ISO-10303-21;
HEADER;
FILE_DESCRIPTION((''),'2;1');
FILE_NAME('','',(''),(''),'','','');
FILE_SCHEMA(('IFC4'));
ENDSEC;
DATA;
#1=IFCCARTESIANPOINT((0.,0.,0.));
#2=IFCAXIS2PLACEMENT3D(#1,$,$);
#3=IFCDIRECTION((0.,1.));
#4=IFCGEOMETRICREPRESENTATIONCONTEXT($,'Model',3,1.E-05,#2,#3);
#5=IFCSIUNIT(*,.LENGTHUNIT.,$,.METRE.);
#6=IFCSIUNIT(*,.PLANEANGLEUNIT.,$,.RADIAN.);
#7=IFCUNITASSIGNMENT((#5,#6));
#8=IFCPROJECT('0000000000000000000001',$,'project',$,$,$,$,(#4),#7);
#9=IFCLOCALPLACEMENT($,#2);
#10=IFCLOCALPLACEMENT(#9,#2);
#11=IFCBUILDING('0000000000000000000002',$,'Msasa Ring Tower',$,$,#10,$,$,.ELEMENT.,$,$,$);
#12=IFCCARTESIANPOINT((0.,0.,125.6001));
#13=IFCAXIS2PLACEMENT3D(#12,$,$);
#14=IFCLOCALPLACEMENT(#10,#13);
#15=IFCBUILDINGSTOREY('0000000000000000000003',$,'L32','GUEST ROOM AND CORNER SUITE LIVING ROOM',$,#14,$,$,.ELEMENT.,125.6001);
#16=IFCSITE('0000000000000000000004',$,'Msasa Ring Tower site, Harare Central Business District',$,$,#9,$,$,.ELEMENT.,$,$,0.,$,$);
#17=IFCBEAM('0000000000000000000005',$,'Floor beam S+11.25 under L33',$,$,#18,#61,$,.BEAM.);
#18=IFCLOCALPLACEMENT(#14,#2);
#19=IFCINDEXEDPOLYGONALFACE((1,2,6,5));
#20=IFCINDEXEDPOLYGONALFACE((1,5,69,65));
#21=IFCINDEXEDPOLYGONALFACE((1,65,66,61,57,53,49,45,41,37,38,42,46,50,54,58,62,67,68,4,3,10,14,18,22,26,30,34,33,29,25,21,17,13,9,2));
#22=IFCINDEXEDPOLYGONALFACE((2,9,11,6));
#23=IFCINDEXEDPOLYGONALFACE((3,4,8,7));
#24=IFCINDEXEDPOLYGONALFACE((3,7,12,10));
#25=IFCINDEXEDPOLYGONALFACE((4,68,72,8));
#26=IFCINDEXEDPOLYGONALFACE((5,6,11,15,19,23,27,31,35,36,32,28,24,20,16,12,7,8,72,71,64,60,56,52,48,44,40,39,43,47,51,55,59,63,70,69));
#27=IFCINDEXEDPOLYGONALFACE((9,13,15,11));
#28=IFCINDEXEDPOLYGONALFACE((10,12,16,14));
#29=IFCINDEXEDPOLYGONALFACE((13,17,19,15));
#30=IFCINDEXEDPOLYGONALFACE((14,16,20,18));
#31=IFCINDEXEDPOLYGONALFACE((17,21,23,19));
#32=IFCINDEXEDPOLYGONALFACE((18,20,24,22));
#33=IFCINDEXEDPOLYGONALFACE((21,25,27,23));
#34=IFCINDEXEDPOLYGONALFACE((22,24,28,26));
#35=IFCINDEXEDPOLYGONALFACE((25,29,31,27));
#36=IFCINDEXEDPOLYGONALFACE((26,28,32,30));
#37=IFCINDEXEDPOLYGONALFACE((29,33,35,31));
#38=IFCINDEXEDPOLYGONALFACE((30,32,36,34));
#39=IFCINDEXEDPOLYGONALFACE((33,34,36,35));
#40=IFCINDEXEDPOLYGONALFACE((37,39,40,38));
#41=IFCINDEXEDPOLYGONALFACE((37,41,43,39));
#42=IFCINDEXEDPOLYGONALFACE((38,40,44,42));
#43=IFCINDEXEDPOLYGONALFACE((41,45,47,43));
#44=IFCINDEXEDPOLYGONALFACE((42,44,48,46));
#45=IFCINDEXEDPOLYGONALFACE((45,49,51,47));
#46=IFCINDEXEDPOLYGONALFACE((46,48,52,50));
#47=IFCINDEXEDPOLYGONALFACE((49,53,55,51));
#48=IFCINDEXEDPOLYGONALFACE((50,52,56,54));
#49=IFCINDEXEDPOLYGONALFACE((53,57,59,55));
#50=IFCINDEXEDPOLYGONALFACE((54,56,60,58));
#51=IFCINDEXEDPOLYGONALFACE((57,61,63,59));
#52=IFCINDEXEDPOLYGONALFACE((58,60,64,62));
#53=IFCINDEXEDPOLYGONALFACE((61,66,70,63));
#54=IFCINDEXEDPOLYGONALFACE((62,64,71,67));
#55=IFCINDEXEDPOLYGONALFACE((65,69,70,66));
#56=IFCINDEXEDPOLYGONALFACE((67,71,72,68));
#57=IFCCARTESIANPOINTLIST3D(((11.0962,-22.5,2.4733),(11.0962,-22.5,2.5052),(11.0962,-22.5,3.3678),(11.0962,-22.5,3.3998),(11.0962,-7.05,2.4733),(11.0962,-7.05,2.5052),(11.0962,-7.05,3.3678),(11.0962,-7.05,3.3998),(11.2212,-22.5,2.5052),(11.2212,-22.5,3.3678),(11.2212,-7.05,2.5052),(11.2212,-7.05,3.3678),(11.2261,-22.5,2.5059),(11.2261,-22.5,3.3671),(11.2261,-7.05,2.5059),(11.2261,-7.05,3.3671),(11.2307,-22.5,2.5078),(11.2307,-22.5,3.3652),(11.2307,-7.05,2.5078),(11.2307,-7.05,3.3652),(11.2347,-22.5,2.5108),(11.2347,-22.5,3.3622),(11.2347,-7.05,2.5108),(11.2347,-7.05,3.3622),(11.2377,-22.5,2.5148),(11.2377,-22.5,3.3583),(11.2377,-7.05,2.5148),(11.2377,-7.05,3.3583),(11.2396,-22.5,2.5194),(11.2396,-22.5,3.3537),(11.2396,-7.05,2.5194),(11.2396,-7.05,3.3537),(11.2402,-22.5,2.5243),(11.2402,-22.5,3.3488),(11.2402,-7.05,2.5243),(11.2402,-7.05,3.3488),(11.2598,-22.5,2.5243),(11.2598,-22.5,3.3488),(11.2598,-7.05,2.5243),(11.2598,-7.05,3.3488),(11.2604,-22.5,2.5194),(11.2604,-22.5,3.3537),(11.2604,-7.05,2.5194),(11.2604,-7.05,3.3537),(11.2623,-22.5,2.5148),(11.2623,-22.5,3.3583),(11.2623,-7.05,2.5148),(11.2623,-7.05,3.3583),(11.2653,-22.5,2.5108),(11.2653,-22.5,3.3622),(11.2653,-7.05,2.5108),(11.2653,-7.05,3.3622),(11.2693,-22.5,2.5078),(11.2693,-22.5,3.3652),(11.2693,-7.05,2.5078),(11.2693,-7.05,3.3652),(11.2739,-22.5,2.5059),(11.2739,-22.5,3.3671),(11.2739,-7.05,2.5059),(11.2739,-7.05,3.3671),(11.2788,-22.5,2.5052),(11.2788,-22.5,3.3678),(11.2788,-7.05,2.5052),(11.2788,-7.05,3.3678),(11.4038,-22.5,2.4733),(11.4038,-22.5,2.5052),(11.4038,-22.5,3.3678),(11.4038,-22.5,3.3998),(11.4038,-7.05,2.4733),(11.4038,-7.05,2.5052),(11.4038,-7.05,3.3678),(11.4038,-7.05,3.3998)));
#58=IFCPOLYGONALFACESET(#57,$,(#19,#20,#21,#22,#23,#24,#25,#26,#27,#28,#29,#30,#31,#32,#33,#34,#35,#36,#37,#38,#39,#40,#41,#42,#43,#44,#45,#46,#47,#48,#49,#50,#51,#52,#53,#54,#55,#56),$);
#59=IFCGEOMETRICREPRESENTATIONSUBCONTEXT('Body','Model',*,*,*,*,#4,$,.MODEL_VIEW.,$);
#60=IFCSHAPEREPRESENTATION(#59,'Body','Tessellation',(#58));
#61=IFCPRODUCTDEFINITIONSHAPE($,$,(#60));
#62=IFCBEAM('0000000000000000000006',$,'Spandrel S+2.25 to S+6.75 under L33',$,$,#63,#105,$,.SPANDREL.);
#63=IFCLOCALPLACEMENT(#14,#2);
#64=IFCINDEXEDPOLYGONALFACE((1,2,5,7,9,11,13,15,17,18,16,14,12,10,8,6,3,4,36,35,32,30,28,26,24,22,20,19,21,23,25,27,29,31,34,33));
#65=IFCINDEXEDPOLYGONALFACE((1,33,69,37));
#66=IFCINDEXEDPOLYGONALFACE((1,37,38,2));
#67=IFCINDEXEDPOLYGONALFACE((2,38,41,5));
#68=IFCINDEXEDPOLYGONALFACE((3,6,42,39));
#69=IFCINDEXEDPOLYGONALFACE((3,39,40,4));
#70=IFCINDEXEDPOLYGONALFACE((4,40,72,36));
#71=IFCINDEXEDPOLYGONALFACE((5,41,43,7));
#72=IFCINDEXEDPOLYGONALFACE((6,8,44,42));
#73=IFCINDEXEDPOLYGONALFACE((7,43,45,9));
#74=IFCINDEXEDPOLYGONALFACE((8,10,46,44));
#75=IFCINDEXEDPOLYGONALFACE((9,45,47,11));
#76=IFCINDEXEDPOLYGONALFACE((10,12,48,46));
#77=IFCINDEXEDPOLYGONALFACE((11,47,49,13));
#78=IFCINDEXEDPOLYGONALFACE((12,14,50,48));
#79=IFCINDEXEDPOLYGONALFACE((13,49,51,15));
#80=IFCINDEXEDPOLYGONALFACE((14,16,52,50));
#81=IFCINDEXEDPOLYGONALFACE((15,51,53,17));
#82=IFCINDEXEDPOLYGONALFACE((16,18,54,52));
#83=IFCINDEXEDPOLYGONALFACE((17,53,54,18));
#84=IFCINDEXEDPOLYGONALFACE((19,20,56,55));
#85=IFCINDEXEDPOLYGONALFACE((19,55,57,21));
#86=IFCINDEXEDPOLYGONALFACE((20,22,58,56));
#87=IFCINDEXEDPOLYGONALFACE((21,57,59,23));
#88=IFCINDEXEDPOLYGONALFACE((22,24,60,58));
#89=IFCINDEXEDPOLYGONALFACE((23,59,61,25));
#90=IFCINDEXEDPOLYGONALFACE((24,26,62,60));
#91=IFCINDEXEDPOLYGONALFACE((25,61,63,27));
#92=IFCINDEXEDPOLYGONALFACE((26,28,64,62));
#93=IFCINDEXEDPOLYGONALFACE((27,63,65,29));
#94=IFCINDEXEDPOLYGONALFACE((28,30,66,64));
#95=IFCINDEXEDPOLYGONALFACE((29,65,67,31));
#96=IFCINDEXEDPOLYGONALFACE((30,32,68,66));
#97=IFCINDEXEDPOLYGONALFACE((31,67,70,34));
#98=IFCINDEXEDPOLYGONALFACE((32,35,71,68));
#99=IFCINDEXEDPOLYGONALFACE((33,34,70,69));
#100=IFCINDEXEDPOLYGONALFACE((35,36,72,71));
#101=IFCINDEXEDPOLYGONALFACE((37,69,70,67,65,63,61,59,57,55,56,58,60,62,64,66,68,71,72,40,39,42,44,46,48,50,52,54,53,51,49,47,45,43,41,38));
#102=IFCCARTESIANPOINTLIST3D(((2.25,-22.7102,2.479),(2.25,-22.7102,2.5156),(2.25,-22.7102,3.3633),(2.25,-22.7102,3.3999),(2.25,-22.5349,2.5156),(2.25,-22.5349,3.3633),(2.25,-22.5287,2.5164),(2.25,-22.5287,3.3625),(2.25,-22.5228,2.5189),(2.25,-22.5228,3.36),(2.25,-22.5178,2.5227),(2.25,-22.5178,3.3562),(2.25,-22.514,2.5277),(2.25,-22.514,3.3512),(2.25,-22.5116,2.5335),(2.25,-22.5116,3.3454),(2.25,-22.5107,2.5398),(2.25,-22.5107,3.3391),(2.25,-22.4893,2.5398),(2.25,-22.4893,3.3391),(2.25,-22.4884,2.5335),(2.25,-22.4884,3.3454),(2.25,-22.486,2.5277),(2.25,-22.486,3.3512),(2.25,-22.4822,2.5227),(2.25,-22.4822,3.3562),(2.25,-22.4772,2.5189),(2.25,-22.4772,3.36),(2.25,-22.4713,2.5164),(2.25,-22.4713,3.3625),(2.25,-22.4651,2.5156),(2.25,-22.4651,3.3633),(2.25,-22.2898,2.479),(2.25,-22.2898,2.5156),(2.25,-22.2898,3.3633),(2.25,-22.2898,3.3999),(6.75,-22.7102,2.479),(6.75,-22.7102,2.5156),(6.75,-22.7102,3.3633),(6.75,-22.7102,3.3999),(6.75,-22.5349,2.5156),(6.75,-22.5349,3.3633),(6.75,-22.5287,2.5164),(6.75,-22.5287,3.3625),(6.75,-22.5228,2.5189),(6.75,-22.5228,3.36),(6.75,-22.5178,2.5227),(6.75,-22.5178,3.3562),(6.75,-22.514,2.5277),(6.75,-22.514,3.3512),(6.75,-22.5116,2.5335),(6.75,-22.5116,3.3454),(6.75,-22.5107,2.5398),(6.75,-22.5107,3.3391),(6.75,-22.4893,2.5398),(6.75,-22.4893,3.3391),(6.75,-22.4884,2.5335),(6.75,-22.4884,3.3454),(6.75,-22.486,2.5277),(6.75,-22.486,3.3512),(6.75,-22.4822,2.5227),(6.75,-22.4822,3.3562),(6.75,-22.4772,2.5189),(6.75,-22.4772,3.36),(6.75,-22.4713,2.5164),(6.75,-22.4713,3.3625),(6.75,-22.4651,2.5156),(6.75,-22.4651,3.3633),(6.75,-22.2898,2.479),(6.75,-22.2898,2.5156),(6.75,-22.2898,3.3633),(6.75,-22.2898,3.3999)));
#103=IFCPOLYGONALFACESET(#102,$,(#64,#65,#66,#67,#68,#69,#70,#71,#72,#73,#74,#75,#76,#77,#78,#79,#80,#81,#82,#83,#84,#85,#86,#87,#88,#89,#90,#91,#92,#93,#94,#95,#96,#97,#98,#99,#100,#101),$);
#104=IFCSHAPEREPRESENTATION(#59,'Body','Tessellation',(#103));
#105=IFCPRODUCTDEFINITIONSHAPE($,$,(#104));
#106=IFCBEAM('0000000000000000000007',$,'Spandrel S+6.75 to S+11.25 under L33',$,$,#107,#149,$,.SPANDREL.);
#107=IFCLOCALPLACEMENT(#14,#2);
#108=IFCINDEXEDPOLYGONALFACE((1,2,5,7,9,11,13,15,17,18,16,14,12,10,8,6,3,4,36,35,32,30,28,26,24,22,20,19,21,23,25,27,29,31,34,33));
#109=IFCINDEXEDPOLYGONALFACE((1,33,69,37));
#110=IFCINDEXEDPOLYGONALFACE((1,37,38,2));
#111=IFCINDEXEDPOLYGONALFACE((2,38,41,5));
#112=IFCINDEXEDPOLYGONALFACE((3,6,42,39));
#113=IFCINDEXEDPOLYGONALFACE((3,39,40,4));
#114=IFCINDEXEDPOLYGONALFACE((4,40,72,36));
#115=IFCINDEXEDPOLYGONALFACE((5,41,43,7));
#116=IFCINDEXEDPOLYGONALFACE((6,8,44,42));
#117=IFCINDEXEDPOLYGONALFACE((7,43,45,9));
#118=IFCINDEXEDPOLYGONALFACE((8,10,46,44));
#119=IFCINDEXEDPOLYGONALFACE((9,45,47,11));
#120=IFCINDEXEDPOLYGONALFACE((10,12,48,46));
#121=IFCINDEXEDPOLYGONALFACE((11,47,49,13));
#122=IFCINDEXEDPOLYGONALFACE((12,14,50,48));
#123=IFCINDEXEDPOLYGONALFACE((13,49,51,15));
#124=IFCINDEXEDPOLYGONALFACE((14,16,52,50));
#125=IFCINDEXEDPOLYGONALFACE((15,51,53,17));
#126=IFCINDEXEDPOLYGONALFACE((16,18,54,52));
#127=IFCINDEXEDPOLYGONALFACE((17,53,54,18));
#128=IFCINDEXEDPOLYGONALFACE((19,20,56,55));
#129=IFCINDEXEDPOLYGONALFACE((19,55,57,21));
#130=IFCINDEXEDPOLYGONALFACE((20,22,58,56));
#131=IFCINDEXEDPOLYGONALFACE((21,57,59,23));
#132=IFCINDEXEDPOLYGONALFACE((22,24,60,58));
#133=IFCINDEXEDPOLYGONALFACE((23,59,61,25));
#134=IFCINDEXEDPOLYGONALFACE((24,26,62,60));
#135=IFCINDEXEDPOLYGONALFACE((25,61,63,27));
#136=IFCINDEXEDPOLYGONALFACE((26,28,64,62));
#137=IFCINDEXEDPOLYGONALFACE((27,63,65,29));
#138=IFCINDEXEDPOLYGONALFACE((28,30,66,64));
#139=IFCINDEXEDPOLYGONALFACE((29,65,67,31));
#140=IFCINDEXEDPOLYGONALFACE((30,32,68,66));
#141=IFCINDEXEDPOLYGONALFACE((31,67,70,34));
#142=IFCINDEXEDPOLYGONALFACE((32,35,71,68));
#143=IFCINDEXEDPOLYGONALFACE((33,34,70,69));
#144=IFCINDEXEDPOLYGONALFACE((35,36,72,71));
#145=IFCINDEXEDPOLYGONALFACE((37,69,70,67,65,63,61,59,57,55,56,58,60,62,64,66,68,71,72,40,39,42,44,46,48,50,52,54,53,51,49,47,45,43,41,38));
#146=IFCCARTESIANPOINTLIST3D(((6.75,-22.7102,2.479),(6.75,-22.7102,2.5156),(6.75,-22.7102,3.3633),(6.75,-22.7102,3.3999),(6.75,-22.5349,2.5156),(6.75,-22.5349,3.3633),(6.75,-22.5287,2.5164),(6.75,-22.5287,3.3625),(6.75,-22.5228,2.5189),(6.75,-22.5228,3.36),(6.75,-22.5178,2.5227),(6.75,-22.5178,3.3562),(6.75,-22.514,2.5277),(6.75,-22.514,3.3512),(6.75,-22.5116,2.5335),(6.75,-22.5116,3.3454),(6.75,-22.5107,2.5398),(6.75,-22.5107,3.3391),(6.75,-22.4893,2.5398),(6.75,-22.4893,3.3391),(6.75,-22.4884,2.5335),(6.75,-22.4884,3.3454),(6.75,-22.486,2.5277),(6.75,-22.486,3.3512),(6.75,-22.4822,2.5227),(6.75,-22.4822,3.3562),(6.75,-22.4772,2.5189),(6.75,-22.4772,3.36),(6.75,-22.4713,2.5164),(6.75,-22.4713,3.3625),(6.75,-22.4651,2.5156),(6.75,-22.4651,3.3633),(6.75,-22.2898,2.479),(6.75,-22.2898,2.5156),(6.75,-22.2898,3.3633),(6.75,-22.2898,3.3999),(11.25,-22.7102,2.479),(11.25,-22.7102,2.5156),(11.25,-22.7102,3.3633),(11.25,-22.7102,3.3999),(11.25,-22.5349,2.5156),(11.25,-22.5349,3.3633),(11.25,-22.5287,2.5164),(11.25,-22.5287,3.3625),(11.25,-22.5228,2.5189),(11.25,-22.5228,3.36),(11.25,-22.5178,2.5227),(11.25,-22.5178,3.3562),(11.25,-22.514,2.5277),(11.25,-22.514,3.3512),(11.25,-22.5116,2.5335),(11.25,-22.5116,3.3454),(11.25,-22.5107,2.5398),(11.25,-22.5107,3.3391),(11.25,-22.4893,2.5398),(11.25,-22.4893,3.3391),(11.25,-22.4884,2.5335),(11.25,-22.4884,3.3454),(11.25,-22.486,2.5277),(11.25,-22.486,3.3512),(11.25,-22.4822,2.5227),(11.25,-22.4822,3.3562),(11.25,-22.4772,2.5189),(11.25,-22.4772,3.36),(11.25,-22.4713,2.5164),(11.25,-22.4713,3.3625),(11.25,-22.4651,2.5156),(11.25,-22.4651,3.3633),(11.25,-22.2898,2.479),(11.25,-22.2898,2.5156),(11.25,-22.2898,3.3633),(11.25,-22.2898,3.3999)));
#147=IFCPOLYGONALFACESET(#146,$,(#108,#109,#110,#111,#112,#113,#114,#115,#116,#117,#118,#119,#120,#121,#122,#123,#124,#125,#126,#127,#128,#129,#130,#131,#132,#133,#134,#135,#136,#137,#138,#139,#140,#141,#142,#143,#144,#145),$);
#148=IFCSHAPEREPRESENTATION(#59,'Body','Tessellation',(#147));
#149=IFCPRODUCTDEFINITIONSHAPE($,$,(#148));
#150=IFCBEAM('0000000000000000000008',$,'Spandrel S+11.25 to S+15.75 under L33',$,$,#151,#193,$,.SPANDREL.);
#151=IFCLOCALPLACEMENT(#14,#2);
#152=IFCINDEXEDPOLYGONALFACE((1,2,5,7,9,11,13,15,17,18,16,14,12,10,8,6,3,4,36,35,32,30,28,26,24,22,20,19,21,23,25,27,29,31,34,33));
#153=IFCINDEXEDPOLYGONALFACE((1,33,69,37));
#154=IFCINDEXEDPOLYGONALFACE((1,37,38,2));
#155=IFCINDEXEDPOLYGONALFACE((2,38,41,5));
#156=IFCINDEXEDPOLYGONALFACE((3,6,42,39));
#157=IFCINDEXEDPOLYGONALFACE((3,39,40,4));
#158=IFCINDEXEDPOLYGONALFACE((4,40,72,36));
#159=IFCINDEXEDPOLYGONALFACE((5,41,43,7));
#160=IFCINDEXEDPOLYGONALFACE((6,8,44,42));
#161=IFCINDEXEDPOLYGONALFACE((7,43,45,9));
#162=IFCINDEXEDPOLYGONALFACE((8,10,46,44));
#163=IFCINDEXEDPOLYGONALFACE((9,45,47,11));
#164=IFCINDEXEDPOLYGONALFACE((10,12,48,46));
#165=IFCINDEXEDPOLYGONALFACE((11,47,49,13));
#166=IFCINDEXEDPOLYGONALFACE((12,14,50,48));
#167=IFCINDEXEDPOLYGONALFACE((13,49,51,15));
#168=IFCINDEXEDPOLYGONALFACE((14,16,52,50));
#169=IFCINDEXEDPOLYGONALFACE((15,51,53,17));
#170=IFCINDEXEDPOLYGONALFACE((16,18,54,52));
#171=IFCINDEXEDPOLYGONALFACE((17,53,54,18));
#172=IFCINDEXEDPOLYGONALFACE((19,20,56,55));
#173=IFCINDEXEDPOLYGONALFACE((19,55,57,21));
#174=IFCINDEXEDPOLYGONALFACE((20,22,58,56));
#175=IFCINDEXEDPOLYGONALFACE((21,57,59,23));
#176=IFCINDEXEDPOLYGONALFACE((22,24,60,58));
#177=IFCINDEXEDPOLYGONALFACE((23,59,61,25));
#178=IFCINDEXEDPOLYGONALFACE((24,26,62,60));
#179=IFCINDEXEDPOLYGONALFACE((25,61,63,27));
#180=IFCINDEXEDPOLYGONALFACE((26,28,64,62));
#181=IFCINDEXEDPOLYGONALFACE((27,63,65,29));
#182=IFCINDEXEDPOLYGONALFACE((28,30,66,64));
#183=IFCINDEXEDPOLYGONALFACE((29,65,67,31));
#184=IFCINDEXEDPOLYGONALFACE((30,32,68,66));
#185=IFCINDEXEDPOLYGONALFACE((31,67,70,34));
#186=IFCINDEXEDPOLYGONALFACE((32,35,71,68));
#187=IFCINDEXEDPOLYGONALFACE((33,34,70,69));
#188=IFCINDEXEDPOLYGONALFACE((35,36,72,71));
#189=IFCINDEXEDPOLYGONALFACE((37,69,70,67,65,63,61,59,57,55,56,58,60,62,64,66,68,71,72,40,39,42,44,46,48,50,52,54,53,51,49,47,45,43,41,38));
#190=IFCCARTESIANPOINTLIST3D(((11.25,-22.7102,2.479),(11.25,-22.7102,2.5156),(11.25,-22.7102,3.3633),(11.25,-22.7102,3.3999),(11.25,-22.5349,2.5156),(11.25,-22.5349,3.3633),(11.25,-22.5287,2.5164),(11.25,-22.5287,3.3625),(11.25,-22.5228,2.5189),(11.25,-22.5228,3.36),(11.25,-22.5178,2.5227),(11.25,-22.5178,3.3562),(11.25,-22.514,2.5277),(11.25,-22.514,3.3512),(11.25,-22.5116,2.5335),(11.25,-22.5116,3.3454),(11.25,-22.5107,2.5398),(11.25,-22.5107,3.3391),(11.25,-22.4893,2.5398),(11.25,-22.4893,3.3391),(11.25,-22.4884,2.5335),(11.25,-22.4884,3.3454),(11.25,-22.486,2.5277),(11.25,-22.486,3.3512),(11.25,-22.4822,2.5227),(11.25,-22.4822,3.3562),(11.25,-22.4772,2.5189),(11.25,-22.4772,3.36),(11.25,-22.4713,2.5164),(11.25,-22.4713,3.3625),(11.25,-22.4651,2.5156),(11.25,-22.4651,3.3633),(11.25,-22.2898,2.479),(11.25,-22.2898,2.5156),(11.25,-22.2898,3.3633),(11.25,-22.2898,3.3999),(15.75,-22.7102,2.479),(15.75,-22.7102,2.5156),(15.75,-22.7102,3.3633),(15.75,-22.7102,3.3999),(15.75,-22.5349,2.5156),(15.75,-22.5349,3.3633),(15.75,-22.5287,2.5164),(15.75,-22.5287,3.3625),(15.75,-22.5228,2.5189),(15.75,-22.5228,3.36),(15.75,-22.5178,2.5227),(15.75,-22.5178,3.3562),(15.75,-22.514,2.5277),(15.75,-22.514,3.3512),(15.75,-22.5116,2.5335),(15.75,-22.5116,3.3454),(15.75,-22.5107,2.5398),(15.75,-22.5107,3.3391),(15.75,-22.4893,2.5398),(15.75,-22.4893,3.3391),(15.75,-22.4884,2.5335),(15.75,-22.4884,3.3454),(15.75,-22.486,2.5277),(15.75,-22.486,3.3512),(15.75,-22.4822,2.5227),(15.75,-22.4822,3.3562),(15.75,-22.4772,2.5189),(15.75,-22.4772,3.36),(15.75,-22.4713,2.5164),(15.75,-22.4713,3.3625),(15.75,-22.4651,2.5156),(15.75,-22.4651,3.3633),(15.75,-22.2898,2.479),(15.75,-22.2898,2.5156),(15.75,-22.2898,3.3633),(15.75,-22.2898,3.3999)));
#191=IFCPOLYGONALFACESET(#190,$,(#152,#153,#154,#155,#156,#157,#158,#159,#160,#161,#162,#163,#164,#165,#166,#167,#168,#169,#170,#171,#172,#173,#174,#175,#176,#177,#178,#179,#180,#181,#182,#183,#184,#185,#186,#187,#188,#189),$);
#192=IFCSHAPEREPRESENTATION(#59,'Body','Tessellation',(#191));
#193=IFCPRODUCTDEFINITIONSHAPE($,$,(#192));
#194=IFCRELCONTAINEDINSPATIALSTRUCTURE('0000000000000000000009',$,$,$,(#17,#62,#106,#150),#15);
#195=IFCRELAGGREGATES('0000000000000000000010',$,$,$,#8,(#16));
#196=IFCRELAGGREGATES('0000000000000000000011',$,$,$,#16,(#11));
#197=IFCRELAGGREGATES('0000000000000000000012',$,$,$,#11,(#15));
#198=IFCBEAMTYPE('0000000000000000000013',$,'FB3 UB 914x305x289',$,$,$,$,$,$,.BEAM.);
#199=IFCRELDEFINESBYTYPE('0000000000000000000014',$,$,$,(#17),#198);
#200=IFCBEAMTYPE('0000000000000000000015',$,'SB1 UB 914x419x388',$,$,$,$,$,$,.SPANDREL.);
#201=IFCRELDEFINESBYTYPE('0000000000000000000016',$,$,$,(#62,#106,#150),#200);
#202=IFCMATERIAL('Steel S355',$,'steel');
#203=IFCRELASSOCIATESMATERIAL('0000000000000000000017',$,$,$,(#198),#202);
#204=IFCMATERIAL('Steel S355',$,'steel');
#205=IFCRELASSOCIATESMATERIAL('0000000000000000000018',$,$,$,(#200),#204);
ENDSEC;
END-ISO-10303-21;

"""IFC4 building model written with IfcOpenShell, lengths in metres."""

from ifc_helpers import new_model, si_unit, direction, frame, origin, origin_2d, place, context, subcontext, project, spatial, i_section, extrude, material, material_profile, profile_set, type_object, element, save


model = new_model("IFC4")

# Units and contexts
model_context = context("Model", 3, precision=1e-05, world=origin(), true_north=direction((0.0, 1.0)))
body_context = subcontext(model_context, "Body", "Model", "MODEL_VIEW")
ifc_project = project(units=[si_unit("LENGTHUNIT", "METRE"), si_unit("PLANEANGLEUNIT", "RADIAN")], contexts=[model_context])

# Site, building, storey
site_placement = place(None, origin())
site = spatial("IfcSite", under=ifc_project, at=site_placement, Name="Msasa Ring Tower site, Harare Central Business District", CompositionType="ELEMENT", RefElevation=0.0)
building_placement = place(site_placement, origin())
building = spatial("IfcBuilding", under=site, at=building_placement, Name="Msasa Ring Tower", CompositionType="ELEMENT")
storey_placement = place(building_placement, frame((0.0, 0.0, 125.6001)))
storey = spatial("IfcBuildingStorey", under=building, at=storey_placement, Name="L32", Description="GUEST ROOM AND CORNER SUITE LIVING ROOM", CompositionType="ELEMENT", Elevation=125.6001)

# Beams
ifc_material_1 = material(Name="Steel S355", Category="steel")
ifc_material_profile_1 = material_profile(ifc_material_1, i_section(OverallWidth=0.3076, OverallDepth=0.9265, WebThickness=0.0195, FlangeThickness=0.032, FilletRadius=0.019, at=origin_2d()), Name="UB 914x305x289")
ifc_profile_set_1 = profile_set([ifc_material_profile_1], Name="Steel S355")
beam_type_1 = type_object("IfcBeamType", Name="FB3 UB 914x305x289", PredefinedType="BEAM", material=ifc_profile_set_1)
beam_placement = place(storey_placement, frame((11.25, -22.5, 2.9365), z_axis=(0.0, 1.0, 0.0), x_axis=(-1.0, 0.0, 0.0)))
element("IfcBeam", 1, at=beam_placement, inside=storey, type_object=beam_type_1, Name="Floor beam S+11.25 under L33", PredefinedType="BEAM", context=body_context, shape_type="SweptSolid", body=[
    extrude(i_section(OverallWidth=0.3076, OverallDepth=0.9265, WebThickness=0.0195, FlangeThickness=0.032, FilletRadius=0.019, at=origin_2d()), origin(), (0.0, 0.0, 1.0), 15.45),
])
ifc_material_2 = material(Name="Steel S355", Category="steel")
ifc_material_profile_2 = material_profile(ifc_material_2, i_section(OverallWidth=0.4204, OverallDepth=0.9209, WebThickness=0.0215, FlangeThickness=0.0366, FilletRadius=0.0242, at=origin_2d()), Name="UB 914x419x388")
ifc_profile_set_2 = profile_set([ifc_material_profile_2], Name="Steel S355")
beam_type_2 = type_object("IfcBeamType", Name="SB1 UB 914x419x388", PredefinedType="SPANDREL", material=ifc_profile_set_2)
for number, where, z_axis, x_axis, name in (
    (2, (2.25, -22.5, 2.9395), (1.0, 0.0, 0.0), (0.0, 1.0, 0.0), "Spandrel S+2.25 to S+6.75 under L33"),
    (3, (6.75, -22.5, 2.9395), (1.0, 0.0, 0.0), (0.0, 1.0, 0.0), "Spandrel S+6.75 to S+11.25 under L33"),
    (4, (11.25, -22.5, 2.9395), (1.0, 0.0, 0.0), (0.0, 1.0, 0.0), "Spandrel S+11.25 to S+15.75 under L33"),
):
    element("IfcBeam", number, at=place(storey_placement, frame(where, z_axis=z_axis, x_axis=x_axis)), inside=storey, type_object=beam_type_2, Name=name, PredefinedType="SPANDREL", context=body_context, shape_type="SweptSolid", body=[
        extrude(i_section(OverallWidth=0.4204, OverallDepth=0.9209, WebThickness=0.0215, FlangeThickness=0.0366, FilletRadius=0.0242, at=origin_2d()), origin(), (0.0, 0.0, 1.0), 4.5),
    ])

save(model, "model.ifc")
